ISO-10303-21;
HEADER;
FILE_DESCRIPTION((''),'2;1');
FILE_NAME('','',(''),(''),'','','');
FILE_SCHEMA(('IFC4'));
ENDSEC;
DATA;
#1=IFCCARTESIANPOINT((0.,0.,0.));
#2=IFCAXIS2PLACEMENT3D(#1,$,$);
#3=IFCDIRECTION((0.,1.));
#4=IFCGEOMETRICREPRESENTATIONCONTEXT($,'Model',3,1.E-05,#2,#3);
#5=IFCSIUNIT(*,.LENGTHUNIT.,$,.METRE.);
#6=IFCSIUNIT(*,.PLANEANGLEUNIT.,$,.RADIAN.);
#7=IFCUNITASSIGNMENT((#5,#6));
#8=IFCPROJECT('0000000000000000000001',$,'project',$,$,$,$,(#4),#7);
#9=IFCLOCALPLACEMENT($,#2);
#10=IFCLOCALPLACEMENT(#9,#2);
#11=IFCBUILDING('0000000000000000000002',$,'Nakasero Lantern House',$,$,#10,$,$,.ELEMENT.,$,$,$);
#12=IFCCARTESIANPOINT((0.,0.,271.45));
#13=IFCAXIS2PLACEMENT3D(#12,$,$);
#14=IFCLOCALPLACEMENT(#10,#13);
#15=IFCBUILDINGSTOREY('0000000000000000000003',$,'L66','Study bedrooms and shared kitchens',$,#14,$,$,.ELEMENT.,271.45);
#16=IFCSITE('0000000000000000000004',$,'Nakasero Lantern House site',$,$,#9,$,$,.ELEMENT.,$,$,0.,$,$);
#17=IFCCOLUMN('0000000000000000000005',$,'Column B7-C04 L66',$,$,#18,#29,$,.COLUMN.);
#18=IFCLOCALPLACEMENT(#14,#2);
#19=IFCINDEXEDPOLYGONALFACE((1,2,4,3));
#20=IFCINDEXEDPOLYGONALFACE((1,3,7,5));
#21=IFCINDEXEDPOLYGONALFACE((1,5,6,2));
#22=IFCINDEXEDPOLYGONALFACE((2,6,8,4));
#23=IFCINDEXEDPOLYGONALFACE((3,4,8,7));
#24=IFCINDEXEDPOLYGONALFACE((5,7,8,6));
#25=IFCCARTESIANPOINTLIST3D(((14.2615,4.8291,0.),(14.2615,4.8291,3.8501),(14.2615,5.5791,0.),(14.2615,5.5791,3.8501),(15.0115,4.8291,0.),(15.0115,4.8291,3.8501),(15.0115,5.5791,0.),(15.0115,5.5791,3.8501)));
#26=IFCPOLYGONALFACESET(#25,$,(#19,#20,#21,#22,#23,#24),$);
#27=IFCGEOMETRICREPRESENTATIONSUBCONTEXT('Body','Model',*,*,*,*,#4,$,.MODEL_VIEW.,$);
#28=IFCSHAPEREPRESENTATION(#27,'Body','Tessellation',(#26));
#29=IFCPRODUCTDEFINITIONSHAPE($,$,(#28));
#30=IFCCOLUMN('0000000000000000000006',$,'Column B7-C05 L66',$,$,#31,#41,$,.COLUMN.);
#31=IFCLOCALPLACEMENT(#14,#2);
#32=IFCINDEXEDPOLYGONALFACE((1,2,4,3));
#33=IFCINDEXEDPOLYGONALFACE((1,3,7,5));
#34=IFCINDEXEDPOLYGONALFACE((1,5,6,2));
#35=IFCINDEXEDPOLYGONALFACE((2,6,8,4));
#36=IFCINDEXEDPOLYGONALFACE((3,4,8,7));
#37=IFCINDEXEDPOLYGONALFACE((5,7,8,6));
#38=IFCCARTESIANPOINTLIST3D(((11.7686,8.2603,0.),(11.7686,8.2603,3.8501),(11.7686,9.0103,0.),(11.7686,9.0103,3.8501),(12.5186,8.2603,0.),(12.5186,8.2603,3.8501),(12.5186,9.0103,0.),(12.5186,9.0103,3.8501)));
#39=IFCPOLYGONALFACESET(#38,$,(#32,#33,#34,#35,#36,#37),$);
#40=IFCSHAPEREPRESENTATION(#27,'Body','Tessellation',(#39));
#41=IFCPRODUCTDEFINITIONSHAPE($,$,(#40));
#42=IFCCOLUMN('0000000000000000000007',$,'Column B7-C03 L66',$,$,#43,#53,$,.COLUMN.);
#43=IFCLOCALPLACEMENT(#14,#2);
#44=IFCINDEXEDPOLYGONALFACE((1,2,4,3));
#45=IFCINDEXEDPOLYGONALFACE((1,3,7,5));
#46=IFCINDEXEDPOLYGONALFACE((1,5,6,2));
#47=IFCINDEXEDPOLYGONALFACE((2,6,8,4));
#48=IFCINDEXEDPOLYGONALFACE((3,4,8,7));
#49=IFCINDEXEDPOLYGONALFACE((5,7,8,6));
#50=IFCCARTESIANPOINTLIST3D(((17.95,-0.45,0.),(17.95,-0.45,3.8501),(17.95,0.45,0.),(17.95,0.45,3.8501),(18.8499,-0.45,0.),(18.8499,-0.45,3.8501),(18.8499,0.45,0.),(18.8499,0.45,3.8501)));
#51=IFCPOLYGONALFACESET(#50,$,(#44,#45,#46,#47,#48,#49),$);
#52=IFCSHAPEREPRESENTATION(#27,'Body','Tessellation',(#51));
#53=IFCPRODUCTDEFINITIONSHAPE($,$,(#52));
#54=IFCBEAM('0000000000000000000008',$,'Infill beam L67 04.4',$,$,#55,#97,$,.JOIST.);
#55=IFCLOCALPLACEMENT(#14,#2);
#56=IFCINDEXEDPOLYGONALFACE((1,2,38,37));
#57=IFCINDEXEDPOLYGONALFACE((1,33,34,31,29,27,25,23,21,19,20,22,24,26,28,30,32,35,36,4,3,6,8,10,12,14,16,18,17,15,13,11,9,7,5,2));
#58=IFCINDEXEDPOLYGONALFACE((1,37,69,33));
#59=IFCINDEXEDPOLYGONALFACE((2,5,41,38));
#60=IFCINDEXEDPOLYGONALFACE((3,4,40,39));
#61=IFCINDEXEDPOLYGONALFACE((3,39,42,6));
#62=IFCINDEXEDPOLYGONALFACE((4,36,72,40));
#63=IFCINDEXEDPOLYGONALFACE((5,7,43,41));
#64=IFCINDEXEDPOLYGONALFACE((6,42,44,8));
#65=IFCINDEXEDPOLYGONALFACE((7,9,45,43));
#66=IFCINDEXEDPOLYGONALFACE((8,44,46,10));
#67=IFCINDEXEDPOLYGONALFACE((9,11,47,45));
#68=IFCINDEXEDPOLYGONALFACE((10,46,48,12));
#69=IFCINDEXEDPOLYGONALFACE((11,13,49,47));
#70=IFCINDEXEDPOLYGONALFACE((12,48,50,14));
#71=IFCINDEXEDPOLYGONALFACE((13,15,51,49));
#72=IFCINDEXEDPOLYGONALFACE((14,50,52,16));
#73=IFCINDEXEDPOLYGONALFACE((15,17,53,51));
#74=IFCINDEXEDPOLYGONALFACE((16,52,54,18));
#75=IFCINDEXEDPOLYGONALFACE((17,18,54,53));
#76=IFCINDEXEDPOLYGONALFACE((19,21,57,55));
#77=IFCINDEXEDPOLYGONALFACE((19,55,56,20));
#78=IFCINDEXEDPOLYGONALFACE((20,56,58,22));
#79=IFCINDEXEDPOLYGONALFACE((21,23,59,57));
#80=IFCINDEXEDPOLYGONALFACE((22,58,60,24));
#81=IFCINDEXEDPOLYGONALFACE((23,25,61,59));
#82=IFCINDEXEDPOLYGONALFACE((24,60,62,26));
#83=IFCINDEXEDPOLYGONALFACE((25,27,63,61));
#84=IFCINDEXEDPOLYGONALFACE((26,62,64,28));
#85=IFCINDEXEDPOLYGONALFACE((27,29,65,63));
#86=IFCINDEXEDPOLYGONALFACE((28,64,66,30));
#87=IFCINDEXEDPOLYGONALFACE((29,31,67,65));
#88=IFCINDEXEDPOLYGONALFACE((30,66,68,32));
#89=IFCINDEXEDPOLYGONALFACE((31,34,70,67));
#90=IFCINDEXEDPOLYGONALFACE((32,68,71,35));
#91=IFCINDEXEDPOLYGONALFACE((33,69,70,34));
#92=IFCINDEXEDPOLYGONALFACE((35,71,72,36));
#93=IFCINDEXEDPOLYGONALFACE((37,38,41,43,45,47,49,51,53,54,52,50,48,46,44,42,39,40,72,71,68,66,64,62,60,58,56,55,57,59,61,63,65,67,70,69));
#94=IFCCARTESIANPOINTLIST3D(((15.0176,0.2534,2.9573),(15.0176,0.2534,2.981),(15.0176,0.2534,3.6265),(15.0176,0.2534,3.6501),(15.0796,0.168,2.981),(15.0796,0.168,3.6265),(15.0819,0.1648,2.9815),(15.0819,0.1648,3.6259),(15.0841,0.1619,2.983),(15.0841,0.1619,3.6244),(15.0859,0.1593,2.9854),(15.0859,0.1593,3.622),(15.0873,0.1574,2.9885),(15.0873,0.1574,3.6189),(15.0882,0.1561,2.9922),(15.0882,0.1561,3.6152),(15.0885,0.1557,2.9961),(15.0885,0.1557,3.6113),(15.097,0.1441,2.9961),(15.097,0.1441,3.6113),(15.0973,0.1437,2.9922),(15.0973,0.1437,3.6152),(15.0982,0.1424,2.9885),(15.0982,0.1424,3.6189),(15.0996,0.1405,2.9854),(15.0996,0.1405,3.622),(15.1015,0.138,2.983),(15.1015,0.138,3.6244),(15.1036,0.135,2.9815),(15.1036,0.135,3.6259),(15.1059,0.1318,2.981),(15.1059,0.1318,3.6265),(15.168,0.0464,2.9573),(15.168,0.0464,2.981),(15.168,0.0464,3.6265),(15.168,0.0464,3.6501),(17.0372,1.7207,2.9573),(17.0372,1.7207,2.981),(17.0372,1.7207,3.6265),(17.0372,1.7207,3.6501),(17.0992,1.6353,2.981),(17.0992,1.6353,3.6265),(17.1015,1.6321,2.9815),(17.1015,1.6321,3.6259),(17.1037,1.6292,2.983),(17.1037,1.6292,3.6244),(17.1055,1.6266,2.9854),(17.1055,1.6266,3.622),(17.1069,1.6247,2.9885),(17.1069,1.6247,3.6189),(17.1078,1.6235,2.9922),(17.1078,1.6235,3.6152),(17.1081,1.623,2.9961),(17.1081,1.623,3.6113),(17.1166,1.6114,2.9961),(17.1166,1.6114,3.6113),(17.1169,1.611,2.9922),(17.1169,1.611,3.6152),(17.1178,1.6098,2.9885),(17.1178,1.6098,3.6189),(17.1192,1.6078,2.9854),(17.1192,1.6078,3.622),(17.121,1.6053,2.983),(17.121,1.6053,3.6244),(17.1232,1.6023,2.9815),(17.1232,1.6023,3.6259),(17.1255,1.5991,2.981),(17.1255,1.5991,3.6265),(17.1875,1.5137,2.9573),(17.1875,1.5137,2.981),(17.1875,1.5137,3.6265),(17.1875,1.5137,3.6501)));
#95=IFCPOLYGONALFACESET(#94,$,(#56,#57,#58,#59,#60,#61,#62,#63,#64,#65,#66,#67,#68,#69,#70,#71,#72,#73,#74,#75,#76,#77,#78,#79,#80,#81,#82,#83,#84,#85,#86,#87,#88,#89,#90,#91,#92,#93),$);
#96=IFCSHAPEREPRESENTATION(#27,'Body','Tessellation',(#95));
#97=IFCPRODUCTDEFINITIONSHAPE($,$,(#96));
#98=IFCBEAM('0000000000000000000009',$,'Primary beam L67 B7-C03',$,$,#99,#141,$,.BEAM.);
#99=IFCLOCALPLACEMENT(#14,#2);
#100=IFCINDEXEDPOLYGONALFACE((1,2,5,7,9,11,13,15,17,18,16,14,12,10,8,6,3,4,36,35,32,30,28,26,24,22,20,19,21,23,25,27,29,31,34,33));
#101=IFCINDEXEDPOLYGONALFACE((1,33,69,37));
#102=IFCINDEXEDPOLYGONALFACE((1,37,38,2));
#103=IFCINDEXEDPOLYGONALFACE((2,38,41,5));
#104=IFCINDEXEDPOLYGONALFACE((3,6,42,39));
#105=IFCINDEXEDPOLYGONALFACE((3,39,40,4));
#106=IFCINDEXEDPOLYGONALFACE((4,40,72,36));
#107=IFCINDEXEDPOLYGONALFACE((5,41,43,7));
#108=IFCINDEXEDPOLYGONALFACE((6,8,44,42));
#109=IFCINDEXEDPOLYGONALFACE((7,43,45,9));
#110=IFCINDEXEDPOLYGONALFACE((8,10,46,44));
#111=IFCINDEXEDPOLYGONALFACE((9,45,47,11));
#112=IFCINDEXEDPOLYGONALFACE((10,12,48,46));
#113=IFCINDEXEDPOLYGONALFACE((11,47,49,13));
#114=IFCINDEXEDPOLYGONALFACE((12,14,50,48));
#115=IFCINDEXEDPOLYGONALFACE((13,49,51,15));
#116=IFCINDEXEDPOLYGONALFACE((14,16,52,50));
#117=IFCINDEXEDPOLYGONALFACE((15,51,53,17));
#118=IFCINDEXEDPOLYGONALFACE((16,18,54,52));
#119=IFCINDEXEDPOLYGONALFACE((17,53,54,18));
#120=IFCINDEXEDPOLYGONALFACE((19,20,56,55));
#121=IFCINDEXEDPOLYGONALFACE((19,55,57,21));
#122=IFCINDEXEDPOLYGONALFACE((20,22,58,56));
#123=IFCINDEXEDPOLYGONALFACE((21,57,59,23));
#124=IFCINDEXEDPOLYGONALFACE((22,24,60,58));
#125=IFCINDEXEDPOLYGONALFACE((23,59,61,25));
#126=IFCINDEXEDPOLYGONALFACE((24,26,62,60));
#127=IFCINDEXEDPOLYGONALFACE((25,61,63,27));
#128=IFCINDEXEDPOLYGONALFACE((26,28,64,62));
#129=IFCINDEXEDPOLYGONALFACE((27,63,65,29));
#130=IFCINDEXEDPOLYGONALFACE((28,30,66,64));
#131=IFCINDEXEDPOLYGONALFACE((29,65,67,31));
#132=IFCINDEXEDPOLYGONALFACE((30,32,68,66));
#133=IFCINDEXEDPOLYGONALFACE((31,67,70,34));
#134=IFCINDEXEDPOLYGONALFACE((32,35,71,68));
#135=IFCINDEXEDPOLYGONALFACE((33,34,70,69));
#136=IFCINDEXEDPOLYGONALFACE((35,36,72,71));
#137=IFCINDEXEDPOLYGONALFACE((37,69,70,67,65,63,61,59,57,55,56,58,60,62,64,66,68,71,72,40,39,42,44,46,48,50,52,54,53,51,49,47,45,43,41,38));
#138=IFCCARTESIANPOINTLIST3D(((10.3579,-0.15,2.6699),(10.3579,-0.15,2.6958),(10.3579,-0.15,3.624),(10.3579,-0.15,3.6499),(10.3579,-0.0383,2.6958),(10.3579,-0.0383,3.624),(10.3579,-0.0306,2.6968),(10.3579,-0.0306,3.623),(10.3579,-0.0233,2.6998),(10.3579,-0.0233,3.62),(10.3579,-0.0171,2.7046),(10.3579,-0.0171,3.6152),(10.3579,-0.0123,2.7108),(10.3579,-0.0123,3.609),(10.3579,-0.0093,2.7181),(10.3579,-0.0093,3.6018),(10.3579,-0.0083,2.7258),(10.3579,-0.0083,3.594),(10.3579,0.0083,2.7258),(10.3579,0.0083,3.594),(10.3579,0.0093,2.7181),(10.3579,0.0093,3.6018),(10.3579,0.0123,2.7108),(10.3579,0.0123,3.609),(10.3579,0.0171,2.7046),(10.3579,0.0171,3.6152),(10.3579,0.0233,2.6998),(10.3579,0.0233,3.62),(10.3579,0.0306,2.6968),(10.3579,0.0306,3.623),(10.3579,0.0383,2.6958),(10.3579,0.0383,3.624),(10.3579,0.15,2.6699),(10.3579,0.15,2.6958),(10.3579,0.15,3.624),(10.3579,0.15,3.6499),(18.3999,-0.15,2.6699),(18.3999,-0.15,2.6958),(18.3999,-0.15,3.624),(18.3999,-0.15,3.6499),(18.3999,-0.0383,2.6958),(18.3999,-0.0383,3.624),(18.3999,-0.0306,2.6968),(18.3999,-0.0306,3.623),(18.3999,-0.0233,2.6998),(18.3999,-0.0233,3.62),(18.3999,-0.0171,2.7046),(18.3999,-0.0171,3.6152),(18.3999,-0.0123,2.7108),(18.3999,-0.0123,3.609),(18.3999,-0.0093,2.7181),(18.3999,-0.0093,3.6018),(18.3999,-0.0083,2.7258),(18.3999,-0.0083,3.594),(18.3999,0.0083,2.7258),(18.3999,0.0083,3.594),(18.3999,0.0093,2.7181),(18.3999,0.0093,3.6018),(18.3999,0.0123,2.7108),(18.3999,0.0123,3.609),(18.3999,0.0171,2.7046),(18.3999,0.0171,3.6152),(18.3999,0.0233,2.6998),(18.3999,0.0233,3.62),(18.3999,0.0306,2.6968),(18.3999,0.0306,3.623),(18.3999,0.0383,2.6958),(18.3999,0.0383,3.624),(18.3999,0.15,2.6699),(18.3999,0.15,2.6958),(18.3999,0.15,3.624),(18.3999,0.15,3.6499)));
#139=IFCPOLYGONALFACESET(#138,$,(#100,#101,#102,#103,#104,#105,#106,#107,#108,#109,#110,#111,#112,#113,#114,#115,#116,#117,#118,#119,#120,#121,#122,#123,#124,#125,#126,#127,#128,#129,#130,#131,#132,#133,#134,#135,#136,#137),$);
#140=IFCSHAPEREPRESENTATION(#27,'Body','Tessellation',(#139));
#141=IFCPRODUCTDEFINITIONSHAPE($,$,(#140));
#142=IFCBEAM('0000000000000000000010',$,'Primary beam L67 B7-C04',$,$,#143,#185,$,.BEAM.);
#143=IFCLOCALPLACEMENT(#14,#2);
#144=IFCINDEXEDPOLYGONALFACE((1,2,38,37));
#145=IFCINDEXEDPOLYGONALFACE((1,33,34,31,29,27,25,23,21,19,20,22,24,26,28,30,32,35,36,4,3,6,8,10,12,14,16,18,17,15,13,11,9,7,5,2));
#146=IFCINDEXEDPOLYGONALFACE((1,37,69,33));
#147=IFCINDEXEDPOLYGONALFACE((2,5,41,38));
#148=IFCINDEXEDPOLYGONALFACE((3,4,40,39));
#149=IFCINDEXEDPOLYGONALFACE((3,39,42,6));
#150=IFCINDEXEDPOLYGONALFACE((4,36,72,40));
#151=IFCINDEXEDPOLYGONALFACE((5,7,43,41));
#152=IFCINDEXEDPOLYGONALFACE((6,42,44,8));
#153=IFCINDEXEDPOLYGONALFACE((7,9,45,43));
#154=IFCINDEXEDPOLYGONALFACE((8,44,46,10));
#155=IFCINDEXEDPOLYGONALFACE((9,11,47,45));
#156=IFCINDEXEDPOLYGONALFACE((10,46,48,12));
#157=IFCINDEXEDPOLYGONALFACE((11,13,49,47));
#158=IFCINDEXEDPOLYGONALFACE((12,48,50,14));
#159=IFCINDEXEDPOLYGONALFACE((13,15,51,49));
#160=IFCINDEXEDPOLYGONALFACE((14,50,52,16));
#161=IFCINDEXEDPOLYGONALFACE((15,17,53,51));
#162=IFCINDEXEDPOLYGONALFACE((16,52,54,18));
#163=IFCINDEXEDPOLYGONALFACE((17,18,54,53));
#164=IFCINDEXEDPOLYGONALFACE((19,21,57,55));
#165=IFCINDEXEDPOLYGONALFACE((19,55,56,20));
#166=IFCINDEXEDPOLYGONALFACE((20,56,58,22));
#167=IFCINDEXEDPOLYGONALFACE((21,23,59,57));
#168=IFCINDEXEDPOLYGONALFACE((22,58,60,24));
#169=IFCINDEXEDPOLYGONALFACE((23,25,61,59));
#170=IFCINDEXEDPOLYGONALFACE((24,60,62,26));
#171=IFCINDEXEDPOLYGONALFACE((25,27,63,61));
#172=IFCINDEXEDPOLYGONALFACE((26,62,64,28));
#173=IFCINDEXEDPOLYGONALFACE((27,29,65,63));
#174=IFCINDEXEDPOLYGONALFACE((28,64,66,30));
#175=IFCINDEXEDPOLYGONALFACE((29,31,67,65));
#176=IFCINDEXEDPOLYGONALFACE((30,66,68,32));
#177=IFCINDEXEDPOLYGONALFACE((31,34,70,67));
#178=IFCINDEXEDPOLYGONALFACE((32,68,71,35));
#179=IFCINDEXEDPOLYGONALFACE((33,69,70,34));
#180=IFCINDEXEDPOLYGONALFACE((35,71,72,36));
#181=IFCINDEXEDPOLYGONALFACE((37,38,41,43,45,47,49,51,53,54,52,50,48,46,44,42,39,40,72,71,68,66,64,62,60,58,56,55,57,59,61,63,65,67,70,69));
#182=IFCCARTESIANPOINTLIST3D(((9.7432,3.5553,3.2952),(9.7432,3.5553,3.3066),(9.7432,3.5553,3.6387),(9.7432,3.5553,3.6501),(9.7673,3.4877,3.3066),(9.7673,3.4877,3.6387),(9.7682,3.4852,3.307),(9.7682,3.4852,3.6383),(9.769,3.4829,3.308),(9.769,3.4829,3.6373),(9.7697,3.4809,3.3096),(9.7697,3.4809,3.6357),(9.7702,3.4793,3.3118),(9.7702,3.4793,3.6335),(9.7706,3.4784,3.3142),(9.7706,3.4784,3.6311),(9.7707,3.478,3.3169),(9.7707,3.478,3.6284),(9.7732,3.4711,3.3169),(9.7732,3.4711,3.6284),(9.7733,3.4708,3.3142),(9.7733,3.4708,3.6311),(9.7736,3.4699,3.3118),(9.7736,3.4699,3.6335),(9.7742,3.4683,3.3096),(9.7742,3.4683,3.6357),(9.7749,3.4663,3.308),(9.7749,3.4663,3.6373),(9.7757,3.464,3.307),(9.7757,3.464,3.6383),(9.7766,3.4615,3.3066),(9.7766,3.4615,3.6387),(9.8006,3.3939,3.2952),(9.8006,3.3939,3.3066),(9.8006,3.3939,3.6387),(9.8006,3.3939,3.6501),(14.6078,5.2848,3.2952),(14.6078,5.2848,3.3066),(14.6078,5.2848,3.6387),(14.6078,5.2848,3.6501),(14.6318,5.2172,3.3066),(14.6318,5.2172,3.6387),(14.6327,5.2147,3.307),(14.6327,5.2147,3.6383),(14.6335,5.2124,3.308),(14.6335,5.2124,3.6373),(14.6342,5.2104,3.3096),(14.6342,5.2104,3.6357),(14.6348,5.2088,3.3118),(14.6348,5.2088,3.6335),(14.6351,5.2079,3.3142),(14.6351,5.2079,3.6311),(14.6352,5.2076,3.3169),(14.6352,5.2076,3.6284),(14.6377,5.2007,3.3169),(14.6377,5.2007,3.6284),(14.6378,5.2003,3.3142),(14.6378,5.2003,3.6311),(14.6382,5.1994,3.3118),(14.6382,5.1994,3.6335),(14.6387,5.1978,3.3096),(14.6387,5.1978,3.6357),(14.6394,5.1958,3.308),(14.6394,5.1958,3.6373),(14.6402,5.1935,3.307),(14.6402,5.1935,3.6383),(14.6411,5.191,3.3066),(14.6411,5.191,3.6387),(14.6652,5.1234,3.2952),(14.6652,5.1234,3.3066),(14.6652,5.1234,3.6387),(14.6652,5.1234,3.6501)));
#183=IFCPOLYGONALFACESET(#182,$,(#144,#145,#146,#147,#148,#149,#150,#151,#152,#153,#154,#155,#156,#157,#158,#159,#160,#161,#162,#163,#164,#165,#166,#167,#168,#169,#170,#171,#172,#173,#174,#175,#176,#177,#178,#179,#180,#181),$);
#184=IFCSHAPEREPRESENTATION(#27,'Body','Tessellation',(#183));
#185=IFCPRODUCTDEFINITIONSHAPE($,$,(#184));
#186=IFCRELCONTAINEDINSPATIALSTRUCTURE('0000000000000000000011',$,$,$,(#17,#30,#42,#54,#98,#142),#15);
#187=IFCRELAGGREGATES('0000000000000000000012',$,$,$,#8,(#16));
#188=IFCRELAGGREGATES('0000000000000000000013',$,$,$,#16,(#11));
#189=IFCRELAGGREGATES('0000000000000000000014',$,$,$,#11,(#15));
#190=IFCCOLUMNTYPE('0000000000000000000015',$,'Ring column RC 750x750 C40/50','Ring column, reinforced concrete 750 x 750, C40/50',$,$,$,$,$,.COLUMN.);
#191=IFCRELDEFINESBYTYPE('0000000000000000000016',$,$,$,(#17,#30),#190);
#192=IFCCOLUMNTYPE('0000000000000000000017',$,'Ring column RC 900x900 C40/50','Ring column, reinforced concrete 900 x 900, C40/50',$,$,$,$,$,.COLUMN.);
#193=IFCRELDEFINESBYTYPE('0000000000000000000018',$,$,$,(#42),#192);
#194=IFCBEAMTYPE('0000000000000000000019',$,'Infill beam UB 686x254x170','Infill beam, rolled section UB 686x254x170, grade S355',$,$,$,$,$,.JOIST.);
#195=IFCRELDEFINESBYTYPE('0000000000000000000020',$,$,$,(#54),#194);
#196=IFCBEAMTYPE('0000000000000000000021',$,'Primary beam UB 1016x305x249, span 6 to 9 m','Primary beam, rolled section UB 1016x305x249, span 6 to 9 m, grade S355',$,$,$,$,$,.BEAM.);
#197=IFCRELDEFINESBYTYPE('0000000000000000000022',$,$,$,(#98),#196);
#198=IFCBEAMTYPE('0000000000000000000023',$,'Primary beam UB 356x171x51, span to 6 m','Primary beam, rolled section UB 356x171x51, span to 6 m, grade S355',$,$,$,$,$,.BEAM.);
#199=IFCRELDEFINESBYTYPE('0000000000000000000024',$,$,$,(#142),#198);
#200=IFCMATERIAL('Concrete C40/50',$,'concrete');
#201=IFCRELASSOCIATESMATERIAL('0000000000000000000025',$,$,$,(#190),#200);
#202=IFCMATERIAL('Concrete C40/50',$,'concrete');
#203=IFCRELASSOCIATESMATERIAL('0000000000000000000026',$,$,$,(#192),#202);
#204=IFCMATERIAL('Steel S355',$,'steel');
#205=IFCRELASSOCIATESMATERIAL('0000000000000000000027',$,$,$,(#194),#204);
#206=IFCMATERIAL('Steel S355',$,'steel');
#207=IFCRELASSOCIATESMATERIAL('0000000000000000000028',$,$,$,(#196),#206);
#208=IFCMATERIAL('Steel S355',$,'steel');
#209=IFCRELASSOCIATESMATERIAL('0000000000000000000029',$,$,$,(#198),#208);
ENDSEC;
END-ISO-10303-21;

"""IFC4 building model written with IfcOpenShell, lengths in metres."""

from ifc_helpers import new_model, si_unit, direction, frame, origin, origin_2d, place, context, subcontext, project, spatial, rectangle, i_section, extrude, material, material_profile, profile_set, type_object, element, save


model = new_model("IFC4")

# Units and contexts
model_context = context("Model", 3, precision=1e-05, world=origin(), true_north=direction((0.0, 1.0)))
body_context = subcontext(model_context, "Body", "Model", "MODEL_VIEW")
ifc_project = project(units=[si_unit("LENGTHUNIT", "METRE"), si_unit("PLANEANGLEUNIT", "RADIAN")], contexts=[model_context])

# Site, building, storey
site_placement = place(None, origin())
site = spatial("IfcSite", under=ifc_project, at=site_placement, Name="Nakasero Lantern House site", CompositionType="ELEMENT", RefElevation=0.0)
building_placement = place(site_placement, origin())
building = spatial("IfcBuilding", under=site, at=building_placement, Name="Nakasero Lantern House", CompositionType="ELEMENT")
storey_placement = place(building_placement, frame((0.0, 0.0, 271.45)))
storey = spatial("IfcBuildingStorey", under=building, at=storey_placement, Name="L66", Description="Study bedrooms and shared kitchens", CompositionType="ELEMENT", Elevation=271.45)

# Columns
ifc_material_1 = material(Name="Concrete C40/50", Category="concrete")
ifc_material_profile_1 = material_profile(ifc_material_1, rectangle(XDim=0.75, YDim=0.75, at=origin_2d()), Name="RC 750x750")
ifc_profile_set_1 = profile_set([ifc_material_profile_1], Name="Concrete C40/50")
column_type_1 = type_object("IfcColumnType", Name="Ring column RC 750x750 C40/50", Description="Ring column, reinforced concrete 750 x 750, C40/50", PredefinedType="COLUMN", material=ifc_profile_set_1)
for number, where, z_axis, x_axis, name in (
    (1, (14.6365, 5.2041, 0.0), (0.0, 0.0, 1.0), (1.0, 0.0, 0.0), "Column B7-C04 L66"),
    (2, (12.1436, 8.6353, 0.0), (0.0, 0.0, 1.0), (1.0, 0.0, 0.0), "Column B7-C05 L66"),
):
    element("IfcColumn", number, at=place(storey_placement, frame(where, z_axis=z_axis, x_axis=x_axis)), inside=storey, type_object=column_type_1, Name=name, PredefinedType="COLUMN", context=body_context, shape_type="SweptSolid", body=[
        extrude(rectangle(XDim=0.75, YDim=0.75, at=origin_2d()), origin(), (0.0, 0.0, 1.0), 3.8501),
    ])
ifc_material_2 = material(Name="Concrete C40/50", Category="concrete")
ifc_material_profile_2 = material_profile(ifc_material_2, rectangle(XDim=0.8999, YDim=0.8999, at=origin_2d()), Name="RC 900x900")
ifc_profile_set_2 = profile_set([ifc_material_profile_2], Name="Concrete C40/50")
column_type_2 = type_object("IfcColumnType", Name="Ring column RC 900x900 C40/50", Description="Ring column, reinforced concrete 900 x 900, C40/50", PredefinedType="COLUMN", material=ifc_profile_set_2)
column_placement = place(storey_placement, frame((18.3999, 0.0, 0.0), z_axis=(0.0, 0.0, 1.0), x_axis=(1.0, 0.0, 0.0)))
element("IfcColumn", 3, at=column_placement, inside=storey, type_object=column_type_2, Name="Column B7-C03 L66", PredefinedType="COLUMN", context=body_context, shape_type="SweptSolid", body=[
    extrude(rectangle(XDim=0.8999, YDim=0.8999, at=origin_2d()), origin(), (0.0, 0.0, 1.0), 3.8501),
])

# Beams
ifc_material_3 = material(Name="Steel S355", Category="steel")
ifc_material_profile_3 = material_profile(ifc_material_3, i_section(OverallWidth=0.2559, OverallDepth=0.6929, WebThickness=0.0144, FlangeThickness=0.0237, FilletRadius=0.0151, at=origin_2d()), Name="UB 686x254x170")
ifc_profile_set_3 = profile_set([ifc_material_profile_3], Name="Steel S355")
beam_type_1 = type_object("IfcBeamType", Name="Infill beam UB 686x254x170", Description="Infill beam, rolled section UB 686x254x170, grade S355", PredefinedType="JOIST", material=ifc_profile_set_3)
beam_1_placement = place(storey_placement, frame((15.0928, 0.1499, 3.3037), z_axis=(0.809015, 0.587788, 0.0), x_axis=(-0.587788, 0.809015, 0.0)))
element("IfcBeam", 4, at=beam_1_placement, inside=storey, type_object=beam_type_1, Name="Infill beam L67 04.4", PredefinedType="JOIST", context=body_context, shape_type="SweptSolid", body=[
    extrude(i_section(OverallWidth=0.2559, OverallDepth=0.6929, WebThickness=0.0144, FlangeThickness=0.0237, FilletRadius=0.0151, at=origin_2d()), origin(), (0.0, 0.0, 1.0), 2.4963),
])
ifc_material_4 = material(Name="Steel S355", Category="steel")
ifc_material_profile_4 = material_profile(ifc_material_4, i_section(OverallWidth=0.3, OverallDepth=0.98, WebThickness=0.0166, FlangeThickness=0.0259, FilletRadius=0.03, at=origin_2d()), Name="UB 1016x305x249")
ifc_profile_set_4 = profile_set([ifc_material_profile_4], Name="Steel S355")
beam_type_2 = type_object("IfcBeamType", Name="Primary beam UB 1016x305x249, span 6 to 9 m", Description="Primary beam, rolled section UB 1016x305x249, span 6 to 9 m, grade S355", PredefinedType="BEAM", material=ifc_profile_set_4)
beam_2_placement = place(storey_placement, frame((18.3999, 0.0, 3.1599), z_axis=(-1.0, 0.0, 0.0), x_axis=(0.0, -1.0, 0.0)))
element("IfcBeam", 5, at=beam_2_placement, inside=storey, type_object=beam_type_2, Name="Primary beam L67 B7-C03", PredefinedType="BEAM", context=body_context, shape_type="SweptSolid", body=[
    extrude(i_section(OverallWidth=0.3, OverallDepth=0.98, WebThickness=0.0166, FlangeThickness=0.0259, FilletRadius=0.03, at=origin_2d()), origin(), (0.0, 0.0, 1.0), 8.042),
])
ifc_material_5 = material(Name="Steel S355", Category="steel")
ifc_material_profile_5 = material_profile(ifc_material_5, i_section(OverallWidth=0.1714, OverallDepth=0.355, WebThickness=0.0073, FlangeThickness=0.0115, FilletRadius=0.0103, at=origin_2d()), Name="UB 356x171x51")
ifc_profile_set_5 = profile_set([ifc_material_profile_5], Name="Steel S355")
beam_type_3 = type_object("IfcBeamType", Name="Primary beam UB 356x171x51, span to 6 m", Description="Primary beam, rolled section UB 356x171x51, span to 6 m, grade S355", PredefinedType="BEAM", material=ifc_profile_set_5)
beam_3_placement = place(storey_placement, frame((14.6365, 5.2041, 3.4727), z_axis=(-0.942221, -0.334991, 0.0), x_axis=(0.334991, -0.942221, 0.0)))
element("IfcBeam", 6, at=beam_3_placement, inside=storey, type_object=beam_type_3, Name="Primary beam L67 B7-C04", PredefinedType="BEAM", context=body_context, shape_type="SweptSolid", body=[
    extrude(i_section(OverallWidth=0.1714, OverallDepth=0.355, WebThickness=0.0073, FlangeThickness=0.0115, FilletRadius=0.0103, at=origin_2d()), origin(), (0.0, 0.0, 1.0), 5.1628),
])

save(model, "model.ifc")
